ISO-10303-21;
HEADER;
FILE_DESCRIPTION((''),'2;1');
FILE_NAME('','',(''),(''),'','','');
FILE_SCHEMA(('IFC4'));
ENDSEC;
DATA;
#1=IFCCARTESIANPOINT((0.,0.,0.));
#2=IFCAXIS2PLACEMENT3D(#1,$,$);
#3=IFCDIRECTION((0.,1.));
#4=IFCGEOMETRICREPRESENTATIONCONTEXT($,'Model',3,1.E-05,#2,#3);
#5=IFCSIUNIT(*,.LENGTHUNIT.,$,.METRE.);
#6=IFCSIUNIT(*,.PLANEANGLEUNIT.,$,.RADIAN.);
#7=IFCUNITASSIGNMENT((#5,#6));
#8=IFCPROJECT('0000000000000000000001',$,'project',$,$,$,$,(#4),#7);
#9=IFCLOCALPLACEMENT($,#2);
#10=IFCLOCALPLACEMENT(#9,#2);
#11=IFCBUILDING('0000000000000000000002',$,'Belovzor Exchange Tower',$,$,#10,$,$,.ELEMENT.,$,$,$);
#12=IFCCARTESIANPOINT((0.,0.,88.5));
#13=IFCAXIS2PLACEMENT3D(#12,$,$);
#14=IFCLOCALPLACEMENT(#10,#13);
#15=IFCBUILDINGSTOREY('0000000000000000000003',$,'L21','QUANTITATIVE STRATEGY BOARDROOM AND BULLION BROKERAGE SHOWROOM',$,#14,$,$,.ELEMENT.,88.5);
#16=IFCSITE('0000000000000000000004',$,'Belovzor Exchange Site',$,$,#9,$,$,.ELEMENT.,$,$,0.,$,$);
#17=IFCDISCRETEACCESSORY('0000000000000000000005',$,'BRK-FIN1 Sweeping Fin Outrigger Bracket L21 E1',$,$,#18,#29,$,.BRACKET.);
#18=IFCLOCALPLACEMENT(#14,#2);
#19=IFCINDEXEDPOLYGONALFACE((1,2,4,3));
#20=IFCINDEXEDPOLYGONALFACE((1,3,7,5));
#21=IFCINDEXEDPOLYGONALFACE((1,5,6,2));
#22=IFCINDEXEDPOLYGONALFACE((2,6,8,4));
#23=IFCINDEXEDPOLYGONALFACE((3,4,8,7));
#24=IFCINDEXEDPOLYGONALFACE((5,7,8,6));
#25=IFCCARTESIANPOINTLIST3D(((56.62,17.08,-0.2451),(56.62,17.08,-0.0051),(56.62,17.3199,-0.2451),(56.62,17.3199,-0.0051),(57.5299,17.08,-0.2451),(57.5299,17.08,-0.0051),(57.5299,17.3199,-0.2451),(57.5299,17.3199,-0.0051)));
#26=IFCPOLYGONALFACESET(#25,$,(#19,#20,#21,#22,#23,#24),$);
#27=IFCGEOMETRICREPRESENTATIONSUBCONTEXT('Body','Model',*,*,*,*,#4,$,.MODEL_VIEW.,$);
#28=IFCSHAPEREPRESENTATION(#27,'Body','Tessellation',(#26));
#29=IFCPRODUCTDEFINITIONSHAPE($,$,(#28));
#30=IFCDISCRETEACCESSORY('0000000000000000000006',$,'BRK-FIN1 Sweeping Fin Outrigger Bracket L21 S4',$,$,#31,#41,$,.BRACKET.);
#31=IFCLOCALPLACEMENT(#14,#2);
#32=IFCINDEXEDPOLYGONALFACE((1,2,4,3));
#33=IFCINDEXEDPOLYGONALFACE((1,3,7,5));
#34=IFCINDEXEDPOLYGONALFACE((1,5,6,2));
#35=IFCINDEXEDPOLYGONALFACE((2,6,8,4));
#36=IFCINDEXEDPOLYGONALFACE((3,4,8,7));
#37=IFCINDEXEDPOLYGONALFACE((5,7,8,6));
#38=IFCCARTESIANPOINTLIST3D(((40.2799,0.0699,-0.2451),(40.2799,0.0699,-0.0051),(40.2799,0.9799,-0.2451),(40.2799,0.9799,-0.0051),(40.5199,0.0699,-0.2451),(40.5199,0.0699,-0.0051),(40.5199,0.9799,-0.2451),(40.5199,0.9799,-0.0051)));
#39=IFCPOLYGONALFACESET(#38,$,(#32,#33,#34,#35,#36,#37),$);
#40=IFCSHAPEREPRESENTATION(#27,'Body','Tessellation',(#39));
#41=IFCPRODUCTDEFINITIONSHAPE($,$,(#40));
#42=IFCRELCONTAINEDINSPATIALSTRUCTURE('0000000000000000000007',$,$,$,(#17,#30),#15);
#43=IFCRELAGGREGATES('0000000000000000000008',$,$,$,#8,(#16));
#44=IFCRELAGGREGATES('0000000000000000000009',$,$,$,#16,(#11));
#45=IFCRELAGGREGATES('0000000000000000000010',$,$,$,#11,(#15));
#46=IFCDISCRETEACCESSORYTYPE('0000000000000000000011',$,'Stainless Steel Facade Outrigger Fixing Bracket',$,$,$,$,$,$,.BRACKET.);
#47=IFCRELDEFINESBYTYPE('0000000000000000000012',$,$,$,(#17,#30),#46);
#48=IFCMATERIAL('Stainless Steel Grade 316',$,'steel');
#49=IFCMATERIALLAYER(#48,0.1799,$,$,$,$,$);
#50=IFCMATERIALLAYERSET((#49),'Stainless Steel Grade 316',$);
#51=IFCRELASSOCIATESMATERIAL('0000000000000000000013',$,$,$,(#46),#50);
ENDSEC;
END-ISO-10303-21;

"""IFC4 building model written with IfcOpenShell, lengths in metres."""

from ifc_helpers import new_model, si_unit, direction, frame, origin, origin_2d, place, context, subcontext, project, spatial, rectangle, extrude, material, layer, layer_set, type_object, element, save


model = new_model("IFC4")

# Units and contexts
model_context = context("Model", 3, precision=1e-05, world=origin(), true_north=direction((0.0, 1.0)))
body_context = subcontext(model_context, "Body", "Model", "MODEL_VIEW")
ifc_project = project(units=[si_unit("LENGTHUNIT", "METRE"), si_unit("PLANEANGLEUNIT", "RADIAN")], contexts=[model_context])

# Site, building, storey
site_placement = place(None, origin())
site = spatial("IfcSite", under=ifc_project, at=site_placement, Name="Belovzor Exchange Site", CompositionType="ELEMENT", RefElevation=0.0)
building_placement = place(site_placement, origin())
building = spatial("IfcBuilding", under=site, at=building_placement, Name="Belovzor Exchange Tower", CompositionType="ELEMENT")
storey_placement = place(building_placement, frame((0.0, 0.0, 88.5)))
storey = spatial("IfcBuildingStorey", under=building, at=storey_placement, Name="L21", Description="QUANTITATIVE STRATEGY BOARDROOM AND BULLION BROKERAGE SHOWROOM", CompositionType="ELEMENT", Elevation=88.5)

# Discrete accessories
ifc_material_1 = material(Name="Stainless Steel Grade 316", Category="steel")
ifc_layer_1 = layer(ifc_material_1, 0.1799)
ifc_layer_set_1 = layer_set([ifc_layer_1], Name="Stainless Steel Grade 316")
discrete_accessory_type = type_object("IfcDiscreteAccessoryType", Name="Stainless Steel Facade Outrigger Fixing Bracket", PredefinedType="BRACKET", material=ifc_layer_set_1)
for number, where, z_axis, x_axis, name in (
    (1, (57.075, 17.2, -0.2451), (0.0, 0.0, 1.0), (1.0, 0.0, 0.0), "BRK-FIN1 Sweeping Fin Outrigger Bracket L21 E1"),
    (2, (40.3999, 0.5249, -0.2451), (0.0, 0.0, 1.0), (0.0, 1.0, 0.0), "BRK-FIN1 Sweeping Fin Outrigger Bracket L21 S4"),
):
    element("IfcDiscreteAccessory", number, at=place(storey_placement, frame(where, z_axis=z_axis, x_axis=x_axis)), inside=storey, type_object=discrete_accessory_type, Name=name, PredefinedType="BRACKET", context=body_context, shape_type="SweptSolid", body=[
        extrude(rectangle(XDim=0.9099, YDim=0.24, at=origin_2d()), origin(), (0.0, 0.0, 1.0), 0.24),
    ])

save(model, "model.ifc")
